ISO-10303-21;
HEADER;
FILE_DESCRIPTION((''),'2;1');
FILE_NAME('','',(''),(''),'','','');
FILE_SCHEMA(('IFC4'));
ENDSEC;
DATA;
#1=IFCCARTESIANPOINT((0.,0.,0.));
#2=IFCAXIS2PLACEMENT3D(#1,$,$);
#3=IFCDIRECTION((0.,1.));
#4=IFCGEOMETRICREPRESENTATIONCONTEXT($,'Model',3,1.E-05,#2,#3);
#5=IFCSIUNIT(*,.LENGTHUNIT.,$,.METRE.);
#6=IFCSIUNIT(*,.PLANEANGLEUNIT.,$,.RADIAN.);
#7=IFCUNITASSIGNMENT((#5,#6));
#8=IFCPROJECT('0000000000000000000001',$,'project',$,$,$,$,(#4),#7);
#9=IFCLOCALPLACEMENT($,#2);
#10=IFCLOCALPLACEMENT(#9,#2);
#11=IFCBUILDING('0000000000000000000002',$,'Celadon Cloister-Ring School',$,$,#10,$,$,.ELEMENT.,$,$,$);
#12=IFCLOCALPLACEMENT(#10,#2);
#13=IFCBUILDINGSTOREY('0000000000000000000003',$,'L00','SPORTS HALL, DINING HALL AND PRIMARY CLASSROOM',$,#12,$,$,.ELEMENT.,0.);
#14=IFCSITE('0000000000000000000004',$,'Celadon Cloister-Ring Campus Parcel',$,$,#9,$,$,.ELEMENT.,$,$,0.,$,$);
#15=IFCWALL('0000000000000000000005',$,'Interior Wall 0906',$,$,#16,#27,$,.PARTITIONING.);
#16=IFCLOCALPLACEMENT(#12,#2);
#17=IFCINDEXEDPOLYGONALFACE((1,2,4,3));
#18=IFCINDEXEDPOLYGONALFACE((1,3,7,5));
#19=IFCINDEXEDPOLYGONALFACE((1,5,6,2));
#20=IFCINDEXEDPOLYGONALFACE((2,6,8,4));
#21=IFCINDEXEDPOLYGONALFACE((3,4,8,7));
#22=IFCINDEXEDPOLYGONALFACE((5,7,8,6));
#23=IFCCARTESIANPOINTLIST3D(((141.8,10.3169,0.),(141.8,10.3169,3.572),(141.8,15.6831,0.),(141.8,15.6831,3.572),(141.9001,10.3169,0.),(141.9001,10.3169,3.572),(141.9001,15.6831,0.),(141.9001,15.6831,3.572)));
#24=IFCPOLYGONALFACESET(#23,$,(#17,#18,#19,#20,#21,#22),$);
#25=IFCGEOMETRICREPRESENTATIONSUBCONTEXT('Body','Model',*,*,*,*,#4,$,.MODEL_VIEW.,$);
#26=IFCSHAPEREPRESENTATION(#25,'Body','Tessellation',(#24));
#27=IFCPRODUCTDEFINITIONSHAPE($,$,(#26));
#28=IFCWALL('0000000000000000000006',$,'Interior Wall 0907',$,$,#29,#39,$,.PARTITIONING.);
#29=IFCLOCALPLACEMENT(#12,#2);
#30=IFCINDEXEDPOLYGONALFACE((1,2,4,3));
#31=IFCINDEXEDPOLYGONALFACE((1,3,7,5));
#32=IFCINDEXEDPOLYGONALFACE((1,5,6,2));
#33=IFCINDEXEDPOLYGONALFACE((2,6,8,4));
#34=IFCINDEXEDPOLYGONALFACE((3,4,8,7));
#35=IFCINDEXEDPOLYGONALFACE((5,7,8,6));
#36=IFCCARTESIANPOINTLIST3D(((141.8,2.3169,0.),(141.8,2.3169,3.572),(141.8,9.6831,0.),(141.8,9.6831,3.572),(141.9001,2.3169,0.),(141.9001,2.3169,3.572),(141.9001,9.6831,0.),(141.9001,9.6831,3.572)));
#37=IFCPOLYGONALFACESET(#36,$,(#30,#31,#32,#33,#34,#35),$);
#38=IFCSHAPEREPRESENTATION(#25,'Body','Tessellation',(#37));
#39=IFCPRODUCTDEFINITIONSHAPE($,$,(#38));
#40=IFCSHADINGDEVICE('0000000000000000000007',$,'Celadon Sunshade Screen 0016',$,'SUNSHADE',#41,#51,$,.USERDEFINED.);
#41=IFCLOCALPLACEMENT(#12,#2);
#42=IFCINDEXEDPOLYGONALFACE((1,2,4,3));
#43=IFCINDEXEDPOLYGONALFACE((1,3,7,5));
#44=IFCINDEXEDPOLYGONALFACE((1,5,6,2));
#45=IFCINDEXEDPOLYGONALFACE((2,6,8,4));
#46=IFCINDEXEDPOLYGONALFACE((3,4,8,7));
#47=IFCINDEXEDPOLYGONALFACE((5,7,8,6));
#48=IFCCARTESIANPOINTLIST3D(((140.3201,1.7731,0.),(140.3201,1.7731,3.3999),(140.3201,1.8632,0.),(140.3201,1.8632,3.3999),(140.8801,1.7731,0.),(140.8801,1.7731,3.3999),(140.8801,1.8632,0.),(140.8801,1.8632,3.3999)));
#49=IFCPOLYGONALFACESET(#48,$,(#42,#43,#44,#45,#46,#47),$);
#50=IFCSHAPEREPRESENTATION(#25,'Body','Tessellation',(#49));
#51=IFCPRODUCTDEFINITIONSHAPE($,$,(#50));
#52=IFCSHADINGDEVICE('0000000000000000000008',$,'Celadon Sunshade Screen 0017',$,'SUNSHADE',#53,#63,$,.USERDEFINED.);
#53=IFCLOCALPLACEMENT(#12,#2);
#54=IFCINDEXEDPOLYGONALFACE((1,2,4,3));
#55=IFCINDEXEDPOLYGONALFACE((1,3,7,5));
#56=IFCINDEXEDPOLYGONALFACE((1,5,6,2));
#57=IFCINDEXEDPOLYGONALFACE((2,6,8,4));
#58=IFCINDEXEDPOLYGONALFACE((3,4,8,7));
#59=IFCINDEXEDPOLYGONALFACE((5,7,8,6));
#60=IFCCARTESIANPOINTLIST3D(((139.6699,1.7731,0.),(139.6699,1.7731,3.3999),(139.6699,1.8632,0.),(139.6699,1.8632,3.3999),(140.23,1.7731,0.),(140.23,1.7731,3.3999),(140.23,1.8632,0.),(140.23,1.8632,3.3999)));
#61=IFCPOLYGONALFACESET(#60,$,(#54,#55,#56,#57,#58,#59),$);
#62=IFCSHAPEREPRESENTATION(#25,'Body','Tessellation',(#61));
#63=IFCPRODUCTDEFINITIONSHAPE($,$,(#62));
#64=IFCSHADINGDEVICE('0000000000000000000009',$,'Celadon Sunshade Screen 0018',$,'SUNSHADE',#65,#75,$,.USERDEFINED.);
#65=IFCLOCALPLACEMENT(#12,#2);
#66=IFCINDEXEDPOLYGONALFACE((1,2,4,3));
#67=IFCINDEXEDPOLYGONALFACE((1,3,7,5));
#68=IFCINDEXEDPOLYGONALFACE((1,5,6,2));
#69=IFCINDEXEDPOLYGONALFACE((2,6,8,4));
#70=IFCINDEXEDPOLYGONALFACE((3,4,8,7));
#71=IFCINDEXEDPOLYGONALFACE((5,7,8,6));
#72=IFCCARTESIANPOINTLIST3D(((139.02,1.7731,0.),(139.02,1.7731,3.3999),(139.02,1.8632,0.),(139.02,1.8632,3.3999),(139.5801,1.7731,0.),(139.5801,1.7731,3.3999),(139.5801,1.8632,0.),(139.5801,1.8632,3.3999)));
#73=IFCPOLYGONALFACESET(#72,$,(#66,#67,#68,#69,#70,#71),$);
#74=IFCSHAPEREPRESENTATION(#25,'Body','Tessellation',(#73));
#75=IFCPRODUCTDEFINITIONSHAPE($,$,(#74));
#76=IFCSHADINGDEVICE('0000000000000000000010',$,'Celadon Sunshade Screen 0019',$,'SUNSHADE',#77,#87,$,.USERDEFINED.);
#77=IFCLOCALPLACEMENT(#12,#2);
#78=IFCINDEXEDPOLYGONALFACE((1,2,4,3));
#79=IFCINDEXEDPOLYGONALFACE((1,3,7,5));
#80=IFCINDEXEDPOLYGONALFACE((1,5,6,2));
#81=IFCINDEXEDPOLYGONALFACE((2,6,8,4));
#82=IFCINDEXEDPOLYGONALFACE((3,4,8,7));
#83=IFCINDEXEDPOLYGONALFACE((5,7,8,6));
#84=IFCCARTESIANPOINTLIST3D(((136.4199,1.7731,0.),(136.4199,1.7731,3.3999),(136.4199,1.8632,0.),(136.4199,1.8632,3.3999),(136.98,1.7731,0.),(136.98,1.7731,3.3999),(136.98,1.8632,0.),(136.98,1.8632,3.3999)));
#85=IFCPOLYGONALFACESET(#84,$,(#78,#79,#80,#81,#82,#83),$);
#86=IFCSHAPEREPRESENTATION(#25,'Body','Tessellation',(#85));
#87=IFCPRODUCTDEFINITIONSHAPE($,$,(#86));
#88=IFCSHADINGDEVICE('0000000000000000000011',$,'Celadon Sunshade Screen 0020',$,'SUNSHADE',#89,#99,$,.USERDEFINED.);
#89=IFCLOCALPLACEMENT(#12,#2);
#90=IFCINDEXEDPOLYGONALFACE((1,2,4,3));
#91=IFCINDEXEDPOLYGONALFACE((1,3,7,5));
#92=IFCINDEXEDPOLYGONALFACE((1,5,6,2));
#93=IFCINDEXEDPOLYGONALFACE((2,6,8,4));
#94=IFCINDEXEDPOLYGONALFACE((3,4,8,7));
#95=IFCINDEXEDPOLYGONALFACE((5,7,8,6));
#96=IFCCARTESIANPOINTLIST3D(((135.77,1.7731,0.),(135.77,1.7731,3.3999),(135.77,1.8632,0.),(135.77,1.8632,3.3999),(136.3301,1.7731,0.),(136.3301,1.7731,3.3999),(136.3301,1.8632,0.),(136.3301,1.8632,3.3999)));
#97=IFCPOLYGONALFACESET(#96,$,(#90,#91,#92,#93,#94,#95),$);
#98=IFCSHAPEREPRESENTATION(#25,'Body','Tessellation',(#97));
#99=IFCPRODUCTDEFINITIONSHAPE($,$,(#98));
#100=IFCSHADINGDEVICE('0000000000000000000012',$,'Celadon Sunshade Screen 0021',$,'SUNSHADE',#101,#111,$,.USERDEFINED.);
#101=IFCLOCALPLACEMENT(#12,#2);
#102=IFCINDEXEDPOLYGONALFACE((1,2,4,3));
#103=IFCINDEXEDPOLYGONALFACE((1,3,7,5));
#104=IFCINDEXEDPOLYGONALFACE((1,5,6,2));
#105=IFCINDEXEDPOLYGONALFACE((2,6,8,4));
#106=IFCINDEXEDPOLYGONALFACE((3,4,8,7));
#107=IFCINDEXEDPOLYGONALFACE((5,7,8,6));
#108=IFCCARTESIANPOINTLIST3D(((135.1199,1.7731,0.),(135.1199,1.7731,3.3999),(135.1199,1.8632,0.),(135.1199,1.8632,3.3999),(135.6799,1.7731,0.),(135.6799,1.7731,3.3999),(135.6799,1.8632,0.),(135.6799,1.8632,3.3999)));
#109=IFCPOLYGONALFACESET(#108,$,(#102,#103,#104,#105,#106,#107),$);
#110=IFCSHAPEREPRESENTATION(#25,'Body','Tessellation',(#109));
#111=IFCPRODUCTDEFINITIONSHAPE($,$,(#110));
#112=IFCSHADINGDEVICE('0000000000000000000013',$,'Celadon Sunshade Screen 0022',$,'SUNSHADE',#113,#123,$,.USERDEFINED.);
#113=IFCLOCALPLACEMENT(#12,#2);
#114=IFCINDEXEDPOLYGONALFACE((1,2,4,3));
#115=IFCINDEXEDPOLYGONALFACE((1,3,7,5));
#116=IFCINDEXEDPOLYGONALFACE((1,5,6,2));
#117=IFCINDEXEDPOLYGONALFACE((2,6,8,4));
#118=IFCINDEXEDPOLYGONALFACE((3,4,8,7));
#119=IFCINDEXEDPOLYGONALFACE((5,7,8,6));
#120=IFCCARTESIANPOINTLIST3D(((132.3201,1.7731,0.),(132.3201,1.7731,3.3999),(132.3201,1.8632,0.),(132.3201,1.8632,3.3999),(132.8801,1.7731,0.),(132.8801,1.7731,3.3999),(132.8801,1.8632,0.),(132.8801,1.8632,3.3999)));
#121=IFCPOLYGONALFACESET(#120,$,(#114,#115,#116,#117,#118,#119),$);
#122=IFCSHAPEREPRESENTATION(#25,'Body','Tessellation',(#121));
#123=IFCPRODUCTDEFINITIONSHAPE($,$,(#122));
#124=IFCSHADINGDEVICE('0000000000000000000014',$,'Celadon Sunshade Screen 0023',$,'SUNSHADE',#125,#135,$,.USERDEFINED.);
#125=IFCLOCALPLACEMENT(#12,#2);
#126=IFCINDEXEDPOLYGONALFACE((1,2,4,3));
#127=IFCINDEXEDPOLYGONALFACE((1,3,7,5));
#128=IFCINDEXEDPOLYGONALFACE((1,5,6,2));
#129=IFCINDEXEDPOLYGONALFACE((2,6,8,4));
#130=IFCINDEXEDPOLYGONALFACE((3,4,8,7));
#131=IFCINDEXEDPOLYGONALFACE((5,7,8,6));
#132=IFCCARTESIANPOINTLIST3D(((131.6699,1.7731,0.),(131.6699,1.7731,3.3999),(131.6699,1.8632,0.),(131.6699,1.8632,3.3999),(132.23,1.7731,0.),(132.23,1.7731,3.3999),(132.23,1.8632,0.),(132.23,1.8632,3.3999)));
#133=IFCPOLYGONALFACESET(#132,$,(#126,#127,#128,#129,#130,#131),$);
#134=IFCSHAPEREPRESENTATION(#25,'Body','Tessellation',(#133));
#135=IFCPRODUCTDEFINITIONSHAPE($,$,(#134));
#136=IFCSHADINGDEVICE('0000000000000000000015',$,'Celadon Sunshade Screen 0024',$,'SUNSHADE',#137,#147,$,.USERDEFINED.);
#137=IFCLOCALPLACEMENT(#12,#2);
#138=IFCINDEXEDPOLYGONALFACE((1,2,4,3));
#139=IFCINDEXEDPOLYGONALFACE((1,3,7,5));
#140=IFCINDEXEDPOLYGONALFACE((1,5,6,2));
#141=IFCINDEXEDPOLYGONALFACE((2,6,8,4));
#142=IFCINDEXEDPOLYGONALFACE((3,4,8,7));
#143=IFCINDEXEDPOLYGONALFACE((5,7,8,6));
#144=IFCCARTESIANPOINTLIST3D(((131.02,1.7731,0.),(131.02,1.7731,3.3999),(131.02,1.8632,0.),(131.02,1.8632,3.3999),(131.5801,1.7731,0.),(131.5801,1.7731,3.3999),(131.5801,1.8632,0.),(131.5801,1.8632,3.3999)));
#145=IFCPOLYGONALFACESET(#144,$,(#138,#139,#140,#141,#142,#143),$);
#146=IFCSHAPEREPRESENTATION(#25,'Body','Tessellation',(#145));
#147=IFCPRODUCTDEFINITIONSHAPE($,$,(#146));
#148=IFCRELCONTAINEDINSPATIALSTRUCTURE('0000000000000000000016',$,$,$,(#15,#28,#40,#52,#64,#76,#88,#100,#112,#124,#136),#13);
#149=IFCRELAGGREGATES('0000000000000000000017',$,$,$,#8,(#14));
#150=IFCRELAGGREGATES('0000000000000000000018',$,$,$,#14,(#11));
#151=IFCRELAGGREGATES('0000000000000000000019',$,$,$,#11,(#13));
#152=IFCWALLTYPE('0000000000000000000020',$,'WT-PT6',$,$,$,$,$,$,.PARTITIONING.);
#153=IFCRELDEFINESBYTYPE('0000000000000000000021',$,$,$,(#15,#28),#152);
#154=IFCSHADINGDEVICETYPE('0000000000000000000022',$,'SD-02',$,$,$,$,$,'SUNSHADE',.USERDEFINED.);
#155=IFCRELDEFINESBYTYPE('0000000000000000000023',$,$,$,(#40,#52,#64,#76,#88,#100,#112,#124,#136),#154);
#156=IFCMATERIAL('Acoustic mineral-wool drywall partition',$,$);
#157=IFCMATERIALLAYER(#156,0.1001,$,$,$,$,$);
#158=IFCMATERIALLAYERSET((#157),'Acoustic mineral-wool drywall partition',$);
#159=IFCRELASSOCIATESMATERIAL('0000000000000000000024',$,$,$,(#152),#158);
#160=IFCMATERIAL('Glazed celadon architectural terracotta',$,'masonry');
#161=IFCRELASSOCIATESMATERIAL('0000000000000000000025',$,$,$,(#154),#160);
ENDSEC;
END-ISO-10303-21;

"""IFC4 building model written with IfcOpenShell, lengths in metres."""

from ifc_helpers import new_model, si_unit, direction, frame, frame_2d, origin, origin_2d, place, context, subcontext, project, spatial, rectangle, extrude, material, layer, layer_set, type_object, element, save


model = new_model("IFC4")

# Units and contexts
model_context = context("Model", 3, precision=1e-05, world=origin(), true_north=direction((0.0, 1.0)))
body_context = subcontext(model_context, "Body", "Model", "MODEL_VIEW")
ifc_project = project(units=[si_unit("LENGTHUNIT", "METRE"), si_unit("PLANEANGLEUNIT", "RADIAN")], contexts=[model_context])

# Site, building, storey
site_placement = place(None, origin())
site = spatial("IfcSite", under=ifc_project, at=site_placement, Name="Celadon Cloister-Ring Campus Parcel", CompositionType="ELEMENT", RefElevation=0.0)
building_placement = place(site_placement, origin())
building = spatial("IfcBuilding", under=site, at=building_placement, Name="Celadon Cloister-Ring School", CompositionType="ELEMENT")
storey_placement = place(building_placement, origin())
storey = spatial("IfcBuildingStorey", under=building, at=storey_placement, Name="L00", Description="SPORTS HALL, DINING HALL AND PRIMARY CLASSROOM", CompositionType="ELEMENT", Elevation=0.0)

# Walls
ifc_material_1 = material(Name="Acoustic mineral-wool drywall partition")
ifc_layer_1 = layer(ifc_material_1, 0.1001)
ifc_layer_set_1 = layer_set([ifc_layer_1], Name="Acoustic mineral-wool drywall partition")
wall_type_1 = type_object("IfcWallType", Name="WT-PT6", PredefinedType="PARTITIONING", material=ifc_layer_set_1)
wall_1_placement = place(storey_placement, frame((141.8501, 15.6831, 0.0), z_axis=(0.0, 0.0, 1.0), x_axis=(0.0, -1.0, 0.0)))
element("IfcWall", 1, at=wall_1_placement, inside=storey, type_object=wall_type_1, Name="Interior Wall 0906", PredefinedType="PARTITIONING", context=body_context, shape_type="SweptSolid", body=[
    extrude(rectangle(XDim=5.3662, YDim=0.1001, at=frame_2d((2.6831, 0.0))), origin(), (0.0, 0.0, 1.0), 3.572),
])
wall_2_placement = place(storey_placement, frame((141.8501, 9.6831, 0.0), z_axis=(0.0, 0.0, 1.0), x_axis=(0.0, -1.0, 0.0)))
element("IfcWall", 2, at=wall_2_placement, inside=storey, type_object=wall_type_1, Name="Interior Wall 0907", PredefinedType="PARTITIONING", context=body_context, shape_type="SweptSolid", body=[
    extrude(rectangle(XDim=7.3662, YDim=0.1001, at=frame_2d((3.6831, 0.0))), origin(), (0.0, 0.0, 1.0), 3.572),
])

# Shading devices
ifc_material_2 = material(Name="Glazed celadon architectural terracotta", Category="masonry")
shading_device_type = type_object("IfcShadingDeviceType", Name="SD-02", ElementType="SUNSHADE", PredefinedType="USERDEFINED", material=ifc_material_2)
for number, where, z_axis, x_axis, name in (
    (3, (140.6001, 1.8181, 0.0), (0.0, 0.0, 1.0), (-1.0, 0.0, 0.0), "Celadon Sunshade Screen 0016"),
    (4, (139.95, 1.8181, 0.0), (0.0, 0.0, 1.0), (-1.0, 0.0, 0.0), "Celadon Sunshade Screen 0017"),
    (5, (139.3, 1.8181, 0.0), (0.0, 0.0, 1.0), (-1.0, 0.0, 0.0), "Celadon Sunshade Screen 0018"),
    (6, (136.7, 1.8181, 0.0), (0.0, 0.0, 1.0), (-1.0, 0.0, 0.0), "Celadon Sunshade Screen 0019"),
    (7, (136.05, 1.8181, 0.0), (0.0, 0.0, 1.0), (-1.0, 0.0, 0.0), "Celadon Sunshade Screen 0020"),
    (8, (135.3999, 1.8181, 0.0), (0.0, 0.0, 1.0), (-1.0, 0.0, 0.0), "Celadon Sunshade Screen 0021"),
    (9, (132.6001, 1.8181, 0.0), (0.0, 0.0, 1.0), (-1.0, 0.0, 0.0), "Celadon Sunshade Screen 0022"),
    (10, (131.95, 1.8181, 0.0), (0.0, 0.0, 1.0), (-1.0, 0.0, 0.0), "Celadon Sunshade Screen 0023"),
    (11, (131.3, 1.8181, 0.0), (0.0, 0.0, 1.0), (-1.0, 0.0, 0.0), "Celadon Sunshade Screen 0024"),
):
    element("IfcShadingDevice", number, at=place(storey_placement, frame(where, z_axis=z_axis, x_axis=x_axis)), inside=storey, type_object=shading_device_type, Name=name, ObjectType="SUNSHADE", PredefinedType="USERDEFINED", context=body_context, shape_type="SweptSolid", body=[
        extrude(rectangle(XDim=0.5601, YDim=0.0901, at=origin_2d()), origin(), (0.0, 0.0, 1.0), 3.3999),
    ])

save(model, "model.ifc")
